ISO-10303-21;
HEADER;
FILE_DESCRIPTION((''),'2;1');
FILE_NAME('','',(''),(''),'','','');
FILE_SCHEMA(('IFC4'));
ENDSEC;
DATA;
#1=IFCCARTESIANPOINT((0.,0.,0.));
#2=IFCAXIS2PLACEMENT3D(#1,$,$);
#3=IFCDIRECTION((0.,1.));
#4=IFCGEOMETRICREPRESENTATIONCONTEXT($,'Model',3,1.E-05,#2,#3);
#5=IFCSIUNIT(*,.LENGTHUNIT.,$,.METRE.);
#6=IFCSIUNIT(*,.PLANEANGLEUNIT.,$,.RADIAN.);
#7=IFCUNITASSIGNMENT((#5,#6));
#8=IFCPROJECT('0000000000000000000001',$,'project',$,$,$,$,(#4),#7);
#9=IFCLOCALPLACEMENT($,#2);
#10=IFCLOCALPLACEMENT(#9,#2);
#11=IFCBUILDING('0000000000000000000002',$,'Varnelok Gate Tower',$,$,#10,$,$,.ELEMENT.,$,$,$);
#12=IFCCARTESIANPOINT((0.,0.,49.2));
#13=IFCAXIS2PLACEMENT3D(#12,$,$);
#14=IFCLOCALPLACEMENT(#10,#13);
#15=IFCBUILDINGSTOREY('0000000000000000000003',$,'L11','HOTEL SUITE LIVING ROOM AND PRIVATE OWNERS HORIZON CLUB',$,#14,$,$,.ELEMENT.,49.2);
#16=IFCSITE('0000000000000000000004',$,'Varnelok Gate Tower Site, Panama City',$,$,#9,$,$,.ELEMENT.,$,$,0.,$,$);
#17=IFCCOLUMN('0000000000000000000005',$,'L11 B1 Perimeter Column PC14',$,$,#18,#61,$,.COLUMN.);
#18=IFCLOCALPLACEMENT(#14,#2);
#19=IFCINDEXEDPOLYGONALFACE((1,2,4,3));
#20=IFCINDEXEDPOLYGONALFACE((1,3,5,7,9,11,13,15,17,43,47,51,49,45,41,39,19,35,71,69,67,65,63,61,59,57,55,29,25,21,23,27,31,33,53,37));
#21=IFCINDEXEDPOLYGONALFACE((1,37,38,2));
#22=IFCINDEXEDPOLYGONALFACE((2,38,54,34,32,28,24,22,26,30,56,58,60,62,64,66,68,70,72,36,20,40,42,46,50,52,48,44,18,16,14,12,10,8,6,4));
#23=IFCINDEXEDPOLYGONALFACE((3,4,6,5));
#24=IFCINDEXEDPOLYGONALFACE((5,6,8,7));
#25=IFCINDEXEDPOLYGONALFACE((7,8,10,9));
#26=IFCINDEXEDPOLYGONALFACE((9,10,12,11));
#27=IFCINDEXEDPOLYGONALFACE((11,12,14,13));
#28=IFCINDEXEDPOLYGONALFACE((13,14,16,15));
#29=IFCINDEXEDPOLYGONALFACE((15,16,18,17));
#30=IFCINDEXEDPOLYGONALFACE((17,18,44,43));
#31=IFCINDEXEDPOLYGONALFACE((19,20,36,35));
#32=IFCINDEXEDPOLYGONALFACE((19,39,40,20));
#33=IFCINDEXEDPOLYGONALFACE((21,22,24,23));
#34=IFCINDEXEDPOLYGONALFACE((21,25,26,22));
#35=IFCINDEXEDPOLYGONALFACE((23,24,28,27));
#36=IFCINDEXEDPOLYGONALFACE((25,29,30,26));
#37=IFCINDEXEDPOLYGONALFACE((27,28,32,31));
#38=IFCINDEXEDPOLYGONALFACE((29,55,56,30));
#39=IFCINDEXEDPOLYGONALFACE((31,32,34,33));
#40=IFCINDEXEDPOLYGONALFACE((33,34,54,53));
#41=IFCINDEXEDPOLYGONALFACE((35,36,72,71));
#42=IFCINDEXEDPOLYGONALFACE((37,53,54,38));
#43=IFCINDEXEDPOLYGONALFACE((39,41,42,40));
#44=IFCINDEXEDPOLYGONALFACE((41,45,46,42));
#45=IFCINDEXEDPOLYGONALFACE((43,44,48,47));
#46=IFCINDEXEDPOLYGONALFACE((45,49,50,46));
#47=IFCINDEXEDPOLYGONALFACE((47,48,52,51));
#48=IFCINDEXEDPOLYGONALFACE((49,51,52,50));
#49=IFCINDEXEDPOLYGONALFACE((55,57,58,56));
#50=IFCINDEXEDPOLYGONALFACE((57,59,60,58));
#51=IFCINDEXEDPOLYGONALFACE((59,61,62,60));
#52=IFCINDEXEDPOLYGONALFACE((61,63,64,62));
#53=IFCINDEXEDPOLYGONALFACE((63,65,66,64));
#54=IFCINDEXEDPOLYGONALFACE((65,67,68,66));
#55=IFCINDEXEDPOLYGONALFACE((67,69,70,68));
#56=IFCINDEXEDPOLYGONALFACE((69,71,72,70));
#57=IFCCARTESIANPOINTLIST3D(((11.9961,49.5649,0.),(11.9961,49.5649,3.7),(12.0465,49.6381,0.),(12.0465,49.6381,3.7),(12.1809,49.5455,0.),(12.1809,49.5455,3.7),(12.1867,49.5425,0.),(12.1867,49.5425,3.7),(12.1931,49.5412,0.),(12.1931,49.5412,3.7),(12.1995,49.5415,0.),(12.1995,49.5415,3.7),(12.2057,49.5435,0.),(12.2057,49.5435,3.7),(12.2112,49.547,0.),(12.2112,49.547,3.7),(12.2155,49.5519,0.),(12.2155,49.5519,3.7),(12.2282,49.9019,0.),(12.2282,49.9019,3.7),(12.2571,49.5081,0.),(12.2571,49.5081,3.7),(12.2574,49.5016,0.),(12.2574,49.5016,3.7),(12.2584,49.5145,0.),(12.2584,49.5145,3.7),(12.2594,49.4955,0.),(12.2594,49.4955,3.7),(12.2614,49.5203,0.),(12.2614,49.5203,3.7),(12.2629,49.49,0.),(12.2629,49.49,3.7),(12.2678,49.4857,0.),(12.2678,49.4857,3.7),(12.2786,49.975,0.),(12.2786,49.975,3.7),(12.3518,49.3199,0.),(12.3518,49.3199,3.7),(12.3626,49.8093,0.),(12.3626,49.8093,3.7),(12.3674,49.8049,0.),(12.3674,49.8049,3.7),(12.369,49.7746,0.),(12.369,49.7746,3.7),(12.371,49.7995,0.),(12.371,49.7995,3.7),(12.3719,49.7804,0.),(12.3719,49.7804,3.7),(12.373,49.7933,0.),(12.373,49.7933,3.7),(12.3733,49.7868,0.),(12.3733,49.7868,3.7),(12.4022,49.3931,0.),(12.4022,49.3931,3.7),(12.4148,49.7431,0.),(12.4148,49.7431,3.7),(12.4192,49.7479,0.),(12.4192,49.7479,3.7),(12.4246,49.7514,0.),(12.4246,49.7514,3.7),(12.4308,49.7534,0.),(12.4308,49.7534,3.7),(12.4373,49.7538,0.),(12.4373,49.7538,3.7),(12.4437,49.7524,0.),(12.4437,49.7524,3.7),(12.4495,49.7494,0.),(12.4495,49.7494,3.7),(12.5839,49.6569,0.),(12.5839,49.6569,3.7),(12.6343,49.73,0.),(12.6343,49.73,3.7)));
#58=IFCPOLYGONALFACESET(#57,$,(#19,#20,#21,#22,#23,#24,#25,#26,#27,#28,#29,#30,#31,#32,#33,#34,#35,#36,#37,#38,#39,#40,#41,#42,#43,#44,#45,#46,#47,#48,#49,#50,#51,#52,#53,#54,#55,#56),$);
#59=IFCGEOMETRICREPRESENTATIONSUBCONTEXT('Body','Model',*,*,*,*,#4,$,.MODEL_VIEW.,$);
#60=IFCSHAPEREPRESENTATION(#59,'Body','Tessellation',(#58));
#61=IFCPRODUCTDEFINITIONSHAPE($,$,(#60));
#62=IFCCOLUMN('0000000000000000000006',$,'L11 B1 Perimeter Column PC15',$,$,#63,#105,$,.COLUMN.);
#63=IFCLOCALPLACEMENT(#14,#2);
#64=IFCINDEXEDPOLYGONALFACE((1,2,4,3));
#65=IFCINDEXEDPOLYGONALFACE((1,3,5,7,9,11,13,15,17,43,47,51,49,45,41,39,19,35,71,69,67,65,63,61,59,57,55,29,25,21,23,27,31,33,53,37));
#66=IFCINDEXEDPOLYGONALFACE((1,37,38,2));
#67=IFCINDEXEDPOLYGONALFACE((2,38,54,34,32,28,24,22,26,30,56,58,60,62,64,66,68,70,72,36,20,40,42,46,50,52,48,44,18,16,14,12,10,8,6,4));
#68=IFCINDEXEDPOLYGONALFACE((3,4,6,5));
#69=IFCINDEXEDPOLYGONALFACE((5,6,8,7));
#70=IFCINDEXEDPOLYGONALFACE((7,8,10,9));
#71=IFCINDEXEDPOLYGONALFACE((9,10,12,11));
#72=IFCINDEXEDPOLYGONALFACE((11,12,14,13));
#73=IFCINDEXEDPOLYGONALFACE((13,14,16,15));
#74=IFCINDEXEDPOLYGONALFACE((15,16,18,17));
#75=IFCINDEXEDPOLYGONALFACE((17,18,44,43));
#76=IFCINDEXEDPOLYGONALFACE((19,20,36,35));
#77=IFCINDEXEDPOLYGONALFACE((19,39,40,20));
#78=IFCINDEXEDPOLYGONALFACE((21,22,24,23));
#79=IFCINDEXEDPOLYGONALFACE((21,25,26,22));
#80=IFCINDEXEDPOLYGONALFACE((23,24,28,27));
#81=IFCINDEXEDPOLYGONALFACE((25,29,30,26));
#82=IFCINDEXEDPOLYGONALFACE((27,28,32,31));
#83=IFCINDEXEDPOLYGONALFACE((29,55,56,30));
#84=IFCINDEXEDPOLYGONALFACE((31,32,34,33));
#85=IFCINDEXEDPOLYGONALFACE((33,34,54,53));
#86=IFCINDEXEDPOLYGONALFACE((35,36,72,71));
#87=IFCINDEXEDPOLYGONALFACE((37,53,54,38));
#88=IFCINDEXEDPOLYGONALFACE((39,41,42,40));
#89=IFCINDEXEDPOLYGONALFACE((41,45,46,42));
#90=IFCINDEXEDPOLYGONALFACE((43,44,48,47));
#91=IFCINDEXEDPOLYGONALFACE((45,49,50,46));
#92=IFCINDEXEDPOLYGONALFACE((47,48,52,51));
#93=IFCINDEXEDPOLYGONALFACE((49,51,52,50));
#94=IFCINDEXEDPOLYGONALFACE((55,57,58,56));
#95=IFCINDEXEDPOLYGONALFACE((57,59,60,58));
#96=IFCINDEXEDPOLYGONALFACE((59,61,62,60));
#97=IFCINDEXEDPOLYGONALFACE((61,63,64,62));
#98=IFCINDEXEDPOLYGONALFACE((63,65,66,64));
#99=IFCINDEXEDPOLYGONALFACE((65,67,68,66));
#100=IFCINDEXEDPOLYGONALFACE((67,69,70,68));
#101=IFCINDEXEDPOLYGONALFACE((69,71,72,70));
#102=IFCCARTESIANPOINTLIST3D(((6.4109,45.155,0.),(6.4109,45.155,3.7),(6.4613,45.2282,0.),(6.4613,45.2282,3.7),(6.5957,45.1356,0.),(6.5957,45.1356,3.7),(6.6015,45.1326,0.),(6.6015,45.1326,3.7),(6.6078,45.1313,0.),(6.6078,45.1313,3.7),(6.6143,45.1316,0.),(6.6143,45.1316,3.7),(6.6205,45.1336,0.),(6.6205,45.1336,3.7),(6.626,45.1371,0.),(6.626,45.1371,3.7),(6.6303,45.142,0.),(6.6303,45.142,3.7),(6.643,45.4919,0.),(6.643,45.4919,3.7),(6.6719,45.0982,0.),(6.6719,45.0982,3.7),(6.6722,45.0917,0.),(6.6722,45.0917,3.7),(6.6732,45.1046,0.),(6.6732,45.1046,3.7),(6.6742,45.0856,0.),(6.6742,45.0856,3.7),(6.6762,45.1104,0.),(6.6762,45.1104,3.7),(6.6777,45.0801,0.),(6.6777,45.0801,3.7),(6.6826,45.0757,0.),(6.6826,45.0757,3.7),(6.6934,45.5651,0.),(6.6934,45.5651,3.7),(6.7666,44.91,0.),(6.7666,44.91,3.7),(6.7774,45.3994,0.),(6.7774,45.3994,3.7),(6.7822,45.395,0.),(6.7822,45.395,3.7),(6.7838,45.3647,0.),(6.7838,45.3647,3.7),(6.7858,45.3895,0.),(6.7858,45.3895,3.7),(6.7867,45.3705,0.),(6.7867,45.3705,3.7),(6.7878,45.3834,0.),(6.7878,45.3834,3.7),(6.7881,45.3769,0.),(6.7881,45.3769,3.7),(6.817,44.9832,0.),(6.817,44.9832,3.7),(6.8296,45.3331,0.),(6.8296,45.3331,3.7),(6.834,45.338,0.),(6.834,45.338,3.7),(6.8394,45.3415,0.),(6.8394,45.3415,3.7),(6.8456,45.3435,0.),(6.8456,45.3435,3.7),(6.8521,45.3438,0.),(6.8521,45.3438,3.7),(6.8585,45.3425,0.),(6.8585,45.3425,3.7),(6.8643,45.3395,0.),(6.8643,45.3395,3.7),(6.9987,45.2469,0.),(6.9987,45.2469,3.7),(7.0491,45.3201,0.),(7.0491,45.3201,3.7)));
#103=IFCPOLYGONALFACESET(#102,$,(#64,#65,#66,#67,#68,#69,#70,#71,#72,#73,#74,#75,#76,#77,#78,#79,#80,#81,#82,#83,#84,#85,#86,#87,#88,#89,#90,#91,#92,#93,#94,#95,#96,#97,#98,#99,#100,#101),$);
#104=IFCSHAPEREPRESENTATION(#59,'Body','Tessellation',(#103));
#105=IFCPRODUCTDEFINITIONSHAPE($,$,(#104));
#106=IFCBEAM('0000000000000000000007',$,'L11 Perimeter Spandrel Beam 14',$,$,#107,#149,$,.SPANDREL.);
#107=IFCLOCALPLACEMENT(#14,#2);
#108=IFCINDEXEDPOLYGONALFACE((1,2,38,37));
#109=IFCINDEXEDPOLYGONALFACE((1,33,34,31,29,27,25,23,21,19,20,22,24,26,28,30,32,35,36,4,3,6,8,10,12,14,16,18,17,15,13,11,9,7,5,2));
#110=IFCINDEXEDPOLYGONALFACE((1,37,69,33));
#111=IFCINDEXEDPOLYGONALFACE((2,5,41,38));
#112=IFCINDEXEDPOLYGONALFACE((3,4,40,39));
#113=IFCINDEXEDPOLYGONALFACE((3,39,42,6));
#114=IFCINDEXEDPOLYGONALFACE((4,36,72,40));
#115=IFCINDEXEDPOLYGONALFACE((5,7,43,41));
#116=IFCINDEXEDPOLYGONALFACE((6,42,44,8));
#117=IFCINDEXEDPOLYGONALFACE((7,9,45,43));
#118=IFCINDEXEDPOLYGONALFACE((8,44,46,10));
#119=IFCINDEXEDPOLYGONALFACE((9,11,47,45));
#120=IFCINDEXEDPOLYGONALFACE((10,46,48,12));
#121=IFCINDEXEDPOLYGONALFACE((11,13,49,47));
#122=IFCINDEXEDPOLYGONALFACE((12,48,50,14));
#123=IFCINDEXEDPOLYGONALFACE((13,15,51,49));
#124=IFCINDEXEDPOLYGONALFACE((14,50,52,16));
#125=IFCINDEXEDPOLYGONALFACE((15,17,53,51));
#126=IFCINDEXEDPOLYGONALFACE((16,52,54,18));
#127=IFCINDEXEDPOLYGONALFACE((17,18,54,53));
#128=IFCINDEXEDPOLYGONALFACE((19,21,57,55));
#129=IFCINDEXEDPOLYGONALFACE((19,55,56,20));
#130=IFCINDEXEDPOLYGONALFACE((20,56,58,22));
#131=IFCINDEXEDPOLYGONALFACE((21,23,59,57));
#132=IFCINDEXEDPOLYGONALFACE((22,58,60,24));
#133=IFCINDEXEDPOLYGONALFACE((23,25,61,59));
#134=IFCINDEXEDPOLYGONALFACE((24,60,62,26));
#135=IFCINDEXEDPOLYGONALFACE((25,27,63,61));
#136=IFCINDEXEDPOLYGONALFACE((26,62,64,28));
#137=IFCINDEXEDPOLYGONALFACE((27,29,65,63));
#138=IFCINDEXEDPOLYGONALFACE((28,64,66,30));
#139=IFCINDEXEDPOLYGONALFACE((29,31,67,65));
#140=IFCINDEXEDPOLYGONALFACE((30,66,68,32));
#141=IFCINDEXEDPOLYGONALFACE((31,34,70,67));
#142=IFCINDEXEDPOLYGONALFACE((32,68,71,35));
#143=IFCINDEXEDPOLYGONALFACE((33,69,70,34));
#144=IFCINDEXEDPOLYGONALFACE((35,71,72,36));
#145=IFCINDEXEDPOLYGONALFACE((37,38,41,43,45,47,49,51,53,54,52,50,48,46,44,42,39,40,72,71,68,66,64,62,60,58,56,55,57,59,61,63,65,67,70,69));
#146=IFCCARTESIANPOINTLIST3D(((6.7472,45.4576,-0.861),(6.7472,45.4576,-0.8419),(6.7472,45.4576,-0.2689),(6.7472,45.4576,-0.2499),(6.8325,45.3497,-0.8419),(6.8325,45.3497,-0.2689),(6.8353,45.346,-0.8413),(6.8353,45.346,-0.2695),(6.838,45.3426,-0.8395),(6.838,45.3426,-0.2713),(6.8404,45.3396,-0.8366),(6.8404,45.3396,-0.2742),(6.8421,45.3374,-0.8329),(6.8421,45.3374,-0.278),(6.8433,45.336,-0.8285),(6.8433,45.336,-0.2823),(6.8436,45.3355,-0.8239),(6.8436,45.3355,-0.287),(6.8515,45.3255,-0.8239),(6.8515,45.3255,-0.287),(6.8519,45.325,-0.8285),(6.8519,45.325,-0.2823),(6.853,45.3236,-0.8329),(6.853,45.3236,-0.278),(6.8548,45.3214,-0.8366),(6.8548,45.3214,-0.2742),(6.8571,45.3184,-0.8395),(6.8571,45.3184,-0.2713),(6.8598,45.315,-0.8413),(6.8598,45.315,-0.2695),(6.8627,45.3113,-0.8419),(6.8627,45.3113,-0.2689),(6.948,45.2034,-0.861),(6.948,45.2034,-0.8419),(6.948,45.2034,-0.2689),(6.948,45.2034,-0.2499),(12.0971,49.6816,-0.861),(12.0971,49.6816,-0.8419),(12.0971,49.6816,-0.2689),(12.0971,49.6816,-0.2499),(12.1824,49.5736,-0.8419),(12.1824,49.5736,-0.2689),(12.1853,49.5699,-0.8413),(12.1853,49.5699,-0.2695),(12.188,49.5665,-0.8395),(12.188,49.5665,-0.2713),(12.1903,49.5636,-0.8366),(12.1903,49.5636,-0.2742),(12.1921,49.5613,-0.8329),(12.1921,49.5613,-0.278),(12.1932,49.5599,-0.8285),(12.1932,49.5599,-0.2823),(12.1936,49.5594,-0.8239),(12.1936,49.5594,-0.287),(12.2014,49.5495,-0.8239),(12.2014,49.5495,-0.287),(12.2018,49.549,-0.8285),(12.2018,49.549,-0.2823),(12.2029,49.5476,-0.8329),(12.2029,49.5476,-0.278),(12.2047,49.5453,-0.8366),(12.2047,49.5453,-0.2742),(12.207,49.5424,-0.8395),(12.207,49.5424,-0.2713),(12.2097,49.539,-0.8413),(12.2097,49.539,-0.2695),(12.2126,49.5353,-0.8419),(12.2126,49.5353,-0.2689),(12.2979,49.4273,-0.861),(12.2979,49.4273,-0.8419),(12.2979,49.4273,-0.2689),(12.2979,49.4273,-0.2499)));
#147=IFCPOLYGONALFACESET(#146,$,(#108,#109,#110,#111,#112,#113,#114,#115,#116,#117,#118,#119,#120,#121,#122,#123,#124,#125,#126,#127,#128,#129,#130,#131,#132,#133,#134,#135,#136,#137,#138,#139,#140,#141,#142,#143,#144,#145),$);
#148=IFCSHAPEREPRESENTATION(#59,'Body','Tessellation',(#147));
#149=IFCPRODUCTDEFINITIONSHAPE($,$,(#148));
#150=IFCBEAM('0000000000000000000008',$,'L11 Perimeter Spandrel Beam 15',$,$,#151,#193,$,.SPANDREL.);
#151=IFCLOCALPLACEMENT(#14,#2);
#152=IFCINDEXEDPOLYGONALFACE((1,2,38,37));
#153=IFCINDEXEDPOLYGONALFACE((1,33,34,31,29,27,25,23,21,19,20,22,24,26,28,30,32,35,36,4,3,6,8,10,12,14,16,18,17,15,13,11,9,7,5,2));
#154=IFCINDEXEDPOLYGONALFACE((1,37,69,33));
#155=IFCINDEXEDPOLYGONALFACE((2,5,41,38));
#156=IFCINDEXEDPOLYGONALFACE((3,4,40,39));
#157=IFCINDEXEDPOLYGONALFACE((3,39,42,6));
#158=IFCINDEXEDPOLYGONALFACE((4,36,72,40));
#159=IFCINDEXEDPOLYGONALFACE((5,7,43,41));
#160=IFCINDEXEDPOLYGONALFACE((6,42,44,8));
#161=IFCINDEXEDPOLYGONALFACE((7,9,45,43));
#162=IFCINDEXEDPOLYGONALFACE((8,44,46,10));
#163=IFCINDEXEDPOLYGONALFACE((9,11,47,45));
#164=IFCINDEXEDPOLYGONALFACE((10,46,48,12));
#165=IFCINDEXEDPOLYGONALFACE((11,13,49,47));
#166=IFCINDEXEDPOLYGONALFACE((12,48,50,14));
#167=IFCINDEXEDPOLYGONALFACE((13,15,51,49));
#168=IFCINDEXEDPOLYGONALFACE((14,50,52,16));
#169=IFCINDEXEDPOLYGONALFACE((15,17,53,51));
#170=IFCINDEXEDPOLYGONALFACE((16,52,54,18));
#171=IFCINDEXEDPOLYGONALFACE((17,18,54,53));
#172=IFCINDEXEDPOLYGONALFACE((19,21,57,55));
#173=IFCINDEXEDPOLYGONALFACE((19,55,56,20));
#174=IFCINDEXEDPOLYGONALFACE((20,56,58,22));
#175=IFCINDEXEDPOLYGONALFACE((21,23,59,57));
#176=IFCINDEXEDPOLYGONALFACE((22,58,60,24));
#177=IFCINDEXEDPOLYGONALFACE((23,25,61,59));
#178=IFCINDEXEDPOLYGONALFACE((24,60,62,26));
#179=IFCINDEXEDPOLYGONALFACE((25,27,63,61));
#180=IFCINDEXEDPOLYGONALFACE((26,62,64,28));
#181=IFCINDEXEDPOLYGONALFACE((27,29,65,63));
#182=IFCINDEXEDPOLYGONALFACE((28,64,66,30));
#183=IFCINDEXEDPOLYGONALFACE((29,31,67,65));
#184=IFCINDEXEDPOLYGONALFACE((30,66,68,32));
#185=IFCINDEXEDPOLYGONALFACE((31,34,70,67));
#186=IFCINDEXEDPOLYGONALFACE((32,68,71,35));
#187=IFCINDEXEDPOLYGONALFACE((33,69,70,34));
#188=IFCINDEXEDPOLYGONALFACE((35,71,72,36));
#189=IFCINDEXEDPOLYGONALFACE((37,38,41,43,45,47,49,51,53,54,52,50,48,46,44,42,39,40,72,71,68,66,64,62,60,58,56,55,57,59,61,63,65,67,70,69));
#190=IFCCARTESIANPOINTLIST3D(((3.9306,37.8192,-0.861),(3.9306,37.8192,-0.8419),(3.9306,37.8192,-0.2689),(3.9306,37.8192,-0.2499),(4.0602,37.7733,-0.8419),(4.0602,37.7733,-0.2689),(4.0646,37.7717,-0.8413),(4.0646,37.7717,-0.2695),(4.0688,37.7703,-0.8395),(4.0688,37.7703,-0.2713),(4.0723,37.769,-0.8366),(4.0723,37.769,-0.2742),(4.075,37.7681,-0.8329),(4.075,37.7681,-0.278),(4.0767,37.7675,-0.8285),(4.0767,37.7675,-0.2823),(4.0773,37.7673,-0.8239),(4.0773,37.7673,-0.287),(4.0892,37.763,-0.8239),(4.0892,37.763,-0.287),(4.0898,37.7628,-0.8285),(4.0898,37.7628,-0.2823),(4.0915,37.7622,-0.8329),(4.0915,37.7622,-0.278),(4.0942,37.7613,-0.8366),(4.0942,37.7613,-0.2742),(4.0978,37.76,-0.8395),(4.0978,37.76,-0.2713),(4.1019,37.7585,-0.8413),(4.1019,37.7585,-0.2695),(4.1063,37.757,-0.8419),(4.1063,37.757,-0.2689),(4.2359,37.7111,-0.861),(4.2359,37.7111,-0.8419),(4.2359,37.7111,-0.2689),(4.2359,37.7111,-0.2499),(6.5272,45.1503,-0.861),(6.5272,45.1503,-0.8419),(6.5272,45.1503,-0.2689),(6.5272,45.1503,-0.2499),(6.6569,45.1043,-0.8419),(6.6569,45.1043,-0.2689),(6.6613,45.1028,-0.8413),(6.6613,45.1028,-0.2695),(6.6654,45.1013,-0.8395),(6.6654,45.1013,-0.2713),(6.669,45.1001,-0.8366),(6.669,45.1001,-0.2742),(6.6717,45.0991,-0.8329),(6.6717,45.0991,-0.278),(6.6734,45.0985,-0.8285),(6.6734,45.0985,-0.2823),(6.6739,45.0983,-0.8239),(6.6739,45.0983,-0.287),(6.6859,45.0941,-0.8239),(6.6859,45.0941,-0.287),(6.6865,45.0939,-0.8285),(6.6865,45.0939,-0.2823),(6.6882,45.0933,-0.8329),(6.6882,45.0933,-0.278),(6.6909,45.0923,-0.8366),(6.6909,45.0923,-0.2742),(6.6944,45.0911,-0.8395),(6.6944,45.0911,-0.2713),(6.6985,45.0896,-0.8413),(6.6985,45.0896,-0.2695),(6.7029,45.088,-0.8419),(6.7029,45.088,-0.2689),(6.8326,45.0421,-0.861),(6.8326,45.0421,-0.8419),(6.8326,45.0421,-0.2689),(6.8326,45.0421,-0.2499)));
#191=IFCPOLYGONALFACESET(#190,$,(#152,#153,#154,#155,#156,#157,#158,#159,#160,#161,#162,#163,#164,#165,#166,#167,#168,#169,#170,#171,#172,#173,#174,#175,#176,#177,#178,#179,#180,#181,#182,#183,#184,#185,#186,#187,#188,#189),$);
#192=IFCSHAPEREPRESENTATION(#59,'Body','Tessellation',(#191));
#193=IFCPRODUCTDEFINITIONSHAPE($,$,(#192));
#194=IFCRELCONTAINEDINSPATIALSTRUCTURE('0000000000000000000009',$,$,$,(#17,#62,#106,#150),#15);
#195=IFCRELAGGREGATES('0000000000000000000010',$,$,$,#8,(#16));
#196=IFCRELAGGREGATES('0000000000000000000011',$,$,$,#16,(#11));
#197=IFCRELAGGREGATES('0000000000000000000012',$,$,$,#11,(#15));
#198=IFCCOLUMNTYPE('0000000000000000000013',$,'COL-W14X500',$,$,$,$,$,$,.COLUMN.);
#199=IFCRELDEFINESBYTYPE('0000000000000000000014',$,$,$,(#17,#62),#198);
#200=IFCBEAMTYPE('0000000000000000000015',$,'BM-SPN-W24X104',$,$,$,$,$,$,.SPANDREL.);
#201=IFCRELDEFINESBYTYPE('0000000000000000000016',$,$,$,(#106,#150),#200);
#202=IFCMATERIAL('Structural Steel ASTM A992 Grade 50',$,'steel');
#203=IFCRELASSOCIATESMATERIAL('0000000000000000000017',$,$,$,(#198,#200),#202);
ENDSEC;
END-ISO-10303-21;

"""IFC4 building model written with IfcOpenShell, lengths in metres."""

from ifc_helpers import new_model, si_unit, direction, frame, origin, origin_2d, place, context, subcontext, project, spatial, i_section, extrude, material, material_profile, profile_set, type_object, element, save


model = new_model("IFC4")

# Units and contexts
model_context = context("Model", 3, precision=1e-05, world=origin(), true_north=direction((0.0, 1.0)))
body_context = subcontext(model_context, "Body", "Model", "MODEL_VIEW")
ifc_project = project(units=[si_unit("LENGTHUNIT", "METRE"), si_unit("PLANEANGLEUNIT", "RADIAN")], contexts=[model_context])

# Site, building, storey
site_placement = place(None, origin())
site = spatial("IfcSite", under=ifc_project, at=site_placement, Name="Varnelok Gate Tower Site, Panama City", CompositionType="ELEMENT", RefElevation=0.0)
building_placement = place(site_placement, origin())
building = spatial("IfcBuilding", under=site, at=building_placement, Name="Varnelok Gate Tower", CompositionType="ELEMENT")
storey_placement = place(building_placement, frame((0.0, 0.0, 49.2)))
storey = spatial("IfcBuildingStorey", under=building, at=storey_placement, Name="L11", Description="HOTEL SUITE LIVING ROOM AND PRIVATE OWNERS HORIZON CLUB", CompositionType="ELEMENT", Elevation=49.2)

# Columns
ifc_material_1 = material(Name="Structural Steel ASTM A992 Grade 50", Category="steel")
ifc_material_profile_1 = material_profile(ifc_material_1, i_section(OverallWidth=0.4319, OverallDepth=0.498, WebThickness=0.0557, FlangeThickness=0.0889, FilletRadius=0.0249, at=origin_2d()), Name="W14X500")
ifc_profile_set_1 = profile_set([ifc_material_profile_1], Name="Structural Steel ASTM A992 Grade 50")
column_type = type_object("IfcColumnType", Name="COL-W14X500", PredefinedType="COLUMN", material=ifc_profile_set_1)
for number, where, z_axis, x_axis, name in (
    (1, (12.3152, 49.6475, 0.0), (0.0, 0.0, 1.0), (0.823533, -0.567269, 0.0), "L11 B1 Perimeter Column PC14"),
    (2, (6.73, 45.2375, 0.0), (0.0, 0.0, 1.0), (0.823533, -0.567269, 0.0), "L11 B1 Perimeter Column PC15"),
):
    element("IfcColumn", number, at=place(storey_placement, frame(where, z_axis=z_axis, x_axis=x_axis)), inside=storey, type_object=column_type, Name=name, PredefinedType="COLUMN", context=body_context, shape_type="SweptSolid", body=[
        extrude(i_section(OverallWidth=0.4319, OverallDepth=0.498, WebThickness=0.0557, FlangeThickness=0.0889, FilletRadius=0.0249, at=origin_2d()), origin(), (0.0, 0.0, 1.0), 3.7),
    ])

# Beams
ifc_material_profile_2 = material_profile(ifc_material_1, i_section(OverallWidth=0.324, OverallDepth=0.6111, WebThickness=0.0127, FlangeThickness=0.019, FilletRadius=0.0181, at=origin_2d()), Name="W24X104")
ifc_profile_set_2 = profile_set([ifc_material_profile_2], Name="Structural Steel ASTM A992 Grade 50")
beam_type = type_object("IfcBeamType", Name="BM-SPN-W24X104", PredefinedType="SPANDREL", material=ifc_profile_set_2)
beam_1_placement = place(storey_placement, frame((12.1975, 49.5544, -0.5554), z_axis=(-0.784861, -0.619672, 0.0), x_axis=(0.619672, -0.784861, 0.0)))
element("IfcBeam", 3, at=beam_1_placement, inside=storey, type_object=beam_type, Name="L11 Perimeter Spandrel Beam 14", PredefinedType="SPANDREL", context=body_context, shape_type="SweptSolid", body=[
    extrude(i_section(OverallWidth=0.324, OverallDepth=0.6111, WebThickness=0.0127, FlangeThickness=0.019, FilletRadius=0.0181, at=origin_2d()), origin(), (0.0, 0.0, 1.0), 6.8164),
])
beam_2_placement = place(storey_placement, frame((6.6799, 45.0962, -0.5554), z_axis=(-0.333877, -0.942617, 0.0), x_axis=(0.942617, -0.333877, 0.0)))
element("IfcBeam", 4, at=beam_2_placement, inside=storey, type_object=beam_type, Name="L11 Perimeter Spandrel Beam 15", PredefinedType="SPANDREL", context=body_context, shape_type="SweptSolid", body=[
    extrude(i_section(OverallWidth=0.324, OverallDepth=0.6111, WebThickness=0.0127, FlangeThickness=0.019, FilletRadius=0.0181, at=origin_2d()), origin(), (0.0, 0.0, 1.0), 7.7773),
])

save(model, "model.ifc")
